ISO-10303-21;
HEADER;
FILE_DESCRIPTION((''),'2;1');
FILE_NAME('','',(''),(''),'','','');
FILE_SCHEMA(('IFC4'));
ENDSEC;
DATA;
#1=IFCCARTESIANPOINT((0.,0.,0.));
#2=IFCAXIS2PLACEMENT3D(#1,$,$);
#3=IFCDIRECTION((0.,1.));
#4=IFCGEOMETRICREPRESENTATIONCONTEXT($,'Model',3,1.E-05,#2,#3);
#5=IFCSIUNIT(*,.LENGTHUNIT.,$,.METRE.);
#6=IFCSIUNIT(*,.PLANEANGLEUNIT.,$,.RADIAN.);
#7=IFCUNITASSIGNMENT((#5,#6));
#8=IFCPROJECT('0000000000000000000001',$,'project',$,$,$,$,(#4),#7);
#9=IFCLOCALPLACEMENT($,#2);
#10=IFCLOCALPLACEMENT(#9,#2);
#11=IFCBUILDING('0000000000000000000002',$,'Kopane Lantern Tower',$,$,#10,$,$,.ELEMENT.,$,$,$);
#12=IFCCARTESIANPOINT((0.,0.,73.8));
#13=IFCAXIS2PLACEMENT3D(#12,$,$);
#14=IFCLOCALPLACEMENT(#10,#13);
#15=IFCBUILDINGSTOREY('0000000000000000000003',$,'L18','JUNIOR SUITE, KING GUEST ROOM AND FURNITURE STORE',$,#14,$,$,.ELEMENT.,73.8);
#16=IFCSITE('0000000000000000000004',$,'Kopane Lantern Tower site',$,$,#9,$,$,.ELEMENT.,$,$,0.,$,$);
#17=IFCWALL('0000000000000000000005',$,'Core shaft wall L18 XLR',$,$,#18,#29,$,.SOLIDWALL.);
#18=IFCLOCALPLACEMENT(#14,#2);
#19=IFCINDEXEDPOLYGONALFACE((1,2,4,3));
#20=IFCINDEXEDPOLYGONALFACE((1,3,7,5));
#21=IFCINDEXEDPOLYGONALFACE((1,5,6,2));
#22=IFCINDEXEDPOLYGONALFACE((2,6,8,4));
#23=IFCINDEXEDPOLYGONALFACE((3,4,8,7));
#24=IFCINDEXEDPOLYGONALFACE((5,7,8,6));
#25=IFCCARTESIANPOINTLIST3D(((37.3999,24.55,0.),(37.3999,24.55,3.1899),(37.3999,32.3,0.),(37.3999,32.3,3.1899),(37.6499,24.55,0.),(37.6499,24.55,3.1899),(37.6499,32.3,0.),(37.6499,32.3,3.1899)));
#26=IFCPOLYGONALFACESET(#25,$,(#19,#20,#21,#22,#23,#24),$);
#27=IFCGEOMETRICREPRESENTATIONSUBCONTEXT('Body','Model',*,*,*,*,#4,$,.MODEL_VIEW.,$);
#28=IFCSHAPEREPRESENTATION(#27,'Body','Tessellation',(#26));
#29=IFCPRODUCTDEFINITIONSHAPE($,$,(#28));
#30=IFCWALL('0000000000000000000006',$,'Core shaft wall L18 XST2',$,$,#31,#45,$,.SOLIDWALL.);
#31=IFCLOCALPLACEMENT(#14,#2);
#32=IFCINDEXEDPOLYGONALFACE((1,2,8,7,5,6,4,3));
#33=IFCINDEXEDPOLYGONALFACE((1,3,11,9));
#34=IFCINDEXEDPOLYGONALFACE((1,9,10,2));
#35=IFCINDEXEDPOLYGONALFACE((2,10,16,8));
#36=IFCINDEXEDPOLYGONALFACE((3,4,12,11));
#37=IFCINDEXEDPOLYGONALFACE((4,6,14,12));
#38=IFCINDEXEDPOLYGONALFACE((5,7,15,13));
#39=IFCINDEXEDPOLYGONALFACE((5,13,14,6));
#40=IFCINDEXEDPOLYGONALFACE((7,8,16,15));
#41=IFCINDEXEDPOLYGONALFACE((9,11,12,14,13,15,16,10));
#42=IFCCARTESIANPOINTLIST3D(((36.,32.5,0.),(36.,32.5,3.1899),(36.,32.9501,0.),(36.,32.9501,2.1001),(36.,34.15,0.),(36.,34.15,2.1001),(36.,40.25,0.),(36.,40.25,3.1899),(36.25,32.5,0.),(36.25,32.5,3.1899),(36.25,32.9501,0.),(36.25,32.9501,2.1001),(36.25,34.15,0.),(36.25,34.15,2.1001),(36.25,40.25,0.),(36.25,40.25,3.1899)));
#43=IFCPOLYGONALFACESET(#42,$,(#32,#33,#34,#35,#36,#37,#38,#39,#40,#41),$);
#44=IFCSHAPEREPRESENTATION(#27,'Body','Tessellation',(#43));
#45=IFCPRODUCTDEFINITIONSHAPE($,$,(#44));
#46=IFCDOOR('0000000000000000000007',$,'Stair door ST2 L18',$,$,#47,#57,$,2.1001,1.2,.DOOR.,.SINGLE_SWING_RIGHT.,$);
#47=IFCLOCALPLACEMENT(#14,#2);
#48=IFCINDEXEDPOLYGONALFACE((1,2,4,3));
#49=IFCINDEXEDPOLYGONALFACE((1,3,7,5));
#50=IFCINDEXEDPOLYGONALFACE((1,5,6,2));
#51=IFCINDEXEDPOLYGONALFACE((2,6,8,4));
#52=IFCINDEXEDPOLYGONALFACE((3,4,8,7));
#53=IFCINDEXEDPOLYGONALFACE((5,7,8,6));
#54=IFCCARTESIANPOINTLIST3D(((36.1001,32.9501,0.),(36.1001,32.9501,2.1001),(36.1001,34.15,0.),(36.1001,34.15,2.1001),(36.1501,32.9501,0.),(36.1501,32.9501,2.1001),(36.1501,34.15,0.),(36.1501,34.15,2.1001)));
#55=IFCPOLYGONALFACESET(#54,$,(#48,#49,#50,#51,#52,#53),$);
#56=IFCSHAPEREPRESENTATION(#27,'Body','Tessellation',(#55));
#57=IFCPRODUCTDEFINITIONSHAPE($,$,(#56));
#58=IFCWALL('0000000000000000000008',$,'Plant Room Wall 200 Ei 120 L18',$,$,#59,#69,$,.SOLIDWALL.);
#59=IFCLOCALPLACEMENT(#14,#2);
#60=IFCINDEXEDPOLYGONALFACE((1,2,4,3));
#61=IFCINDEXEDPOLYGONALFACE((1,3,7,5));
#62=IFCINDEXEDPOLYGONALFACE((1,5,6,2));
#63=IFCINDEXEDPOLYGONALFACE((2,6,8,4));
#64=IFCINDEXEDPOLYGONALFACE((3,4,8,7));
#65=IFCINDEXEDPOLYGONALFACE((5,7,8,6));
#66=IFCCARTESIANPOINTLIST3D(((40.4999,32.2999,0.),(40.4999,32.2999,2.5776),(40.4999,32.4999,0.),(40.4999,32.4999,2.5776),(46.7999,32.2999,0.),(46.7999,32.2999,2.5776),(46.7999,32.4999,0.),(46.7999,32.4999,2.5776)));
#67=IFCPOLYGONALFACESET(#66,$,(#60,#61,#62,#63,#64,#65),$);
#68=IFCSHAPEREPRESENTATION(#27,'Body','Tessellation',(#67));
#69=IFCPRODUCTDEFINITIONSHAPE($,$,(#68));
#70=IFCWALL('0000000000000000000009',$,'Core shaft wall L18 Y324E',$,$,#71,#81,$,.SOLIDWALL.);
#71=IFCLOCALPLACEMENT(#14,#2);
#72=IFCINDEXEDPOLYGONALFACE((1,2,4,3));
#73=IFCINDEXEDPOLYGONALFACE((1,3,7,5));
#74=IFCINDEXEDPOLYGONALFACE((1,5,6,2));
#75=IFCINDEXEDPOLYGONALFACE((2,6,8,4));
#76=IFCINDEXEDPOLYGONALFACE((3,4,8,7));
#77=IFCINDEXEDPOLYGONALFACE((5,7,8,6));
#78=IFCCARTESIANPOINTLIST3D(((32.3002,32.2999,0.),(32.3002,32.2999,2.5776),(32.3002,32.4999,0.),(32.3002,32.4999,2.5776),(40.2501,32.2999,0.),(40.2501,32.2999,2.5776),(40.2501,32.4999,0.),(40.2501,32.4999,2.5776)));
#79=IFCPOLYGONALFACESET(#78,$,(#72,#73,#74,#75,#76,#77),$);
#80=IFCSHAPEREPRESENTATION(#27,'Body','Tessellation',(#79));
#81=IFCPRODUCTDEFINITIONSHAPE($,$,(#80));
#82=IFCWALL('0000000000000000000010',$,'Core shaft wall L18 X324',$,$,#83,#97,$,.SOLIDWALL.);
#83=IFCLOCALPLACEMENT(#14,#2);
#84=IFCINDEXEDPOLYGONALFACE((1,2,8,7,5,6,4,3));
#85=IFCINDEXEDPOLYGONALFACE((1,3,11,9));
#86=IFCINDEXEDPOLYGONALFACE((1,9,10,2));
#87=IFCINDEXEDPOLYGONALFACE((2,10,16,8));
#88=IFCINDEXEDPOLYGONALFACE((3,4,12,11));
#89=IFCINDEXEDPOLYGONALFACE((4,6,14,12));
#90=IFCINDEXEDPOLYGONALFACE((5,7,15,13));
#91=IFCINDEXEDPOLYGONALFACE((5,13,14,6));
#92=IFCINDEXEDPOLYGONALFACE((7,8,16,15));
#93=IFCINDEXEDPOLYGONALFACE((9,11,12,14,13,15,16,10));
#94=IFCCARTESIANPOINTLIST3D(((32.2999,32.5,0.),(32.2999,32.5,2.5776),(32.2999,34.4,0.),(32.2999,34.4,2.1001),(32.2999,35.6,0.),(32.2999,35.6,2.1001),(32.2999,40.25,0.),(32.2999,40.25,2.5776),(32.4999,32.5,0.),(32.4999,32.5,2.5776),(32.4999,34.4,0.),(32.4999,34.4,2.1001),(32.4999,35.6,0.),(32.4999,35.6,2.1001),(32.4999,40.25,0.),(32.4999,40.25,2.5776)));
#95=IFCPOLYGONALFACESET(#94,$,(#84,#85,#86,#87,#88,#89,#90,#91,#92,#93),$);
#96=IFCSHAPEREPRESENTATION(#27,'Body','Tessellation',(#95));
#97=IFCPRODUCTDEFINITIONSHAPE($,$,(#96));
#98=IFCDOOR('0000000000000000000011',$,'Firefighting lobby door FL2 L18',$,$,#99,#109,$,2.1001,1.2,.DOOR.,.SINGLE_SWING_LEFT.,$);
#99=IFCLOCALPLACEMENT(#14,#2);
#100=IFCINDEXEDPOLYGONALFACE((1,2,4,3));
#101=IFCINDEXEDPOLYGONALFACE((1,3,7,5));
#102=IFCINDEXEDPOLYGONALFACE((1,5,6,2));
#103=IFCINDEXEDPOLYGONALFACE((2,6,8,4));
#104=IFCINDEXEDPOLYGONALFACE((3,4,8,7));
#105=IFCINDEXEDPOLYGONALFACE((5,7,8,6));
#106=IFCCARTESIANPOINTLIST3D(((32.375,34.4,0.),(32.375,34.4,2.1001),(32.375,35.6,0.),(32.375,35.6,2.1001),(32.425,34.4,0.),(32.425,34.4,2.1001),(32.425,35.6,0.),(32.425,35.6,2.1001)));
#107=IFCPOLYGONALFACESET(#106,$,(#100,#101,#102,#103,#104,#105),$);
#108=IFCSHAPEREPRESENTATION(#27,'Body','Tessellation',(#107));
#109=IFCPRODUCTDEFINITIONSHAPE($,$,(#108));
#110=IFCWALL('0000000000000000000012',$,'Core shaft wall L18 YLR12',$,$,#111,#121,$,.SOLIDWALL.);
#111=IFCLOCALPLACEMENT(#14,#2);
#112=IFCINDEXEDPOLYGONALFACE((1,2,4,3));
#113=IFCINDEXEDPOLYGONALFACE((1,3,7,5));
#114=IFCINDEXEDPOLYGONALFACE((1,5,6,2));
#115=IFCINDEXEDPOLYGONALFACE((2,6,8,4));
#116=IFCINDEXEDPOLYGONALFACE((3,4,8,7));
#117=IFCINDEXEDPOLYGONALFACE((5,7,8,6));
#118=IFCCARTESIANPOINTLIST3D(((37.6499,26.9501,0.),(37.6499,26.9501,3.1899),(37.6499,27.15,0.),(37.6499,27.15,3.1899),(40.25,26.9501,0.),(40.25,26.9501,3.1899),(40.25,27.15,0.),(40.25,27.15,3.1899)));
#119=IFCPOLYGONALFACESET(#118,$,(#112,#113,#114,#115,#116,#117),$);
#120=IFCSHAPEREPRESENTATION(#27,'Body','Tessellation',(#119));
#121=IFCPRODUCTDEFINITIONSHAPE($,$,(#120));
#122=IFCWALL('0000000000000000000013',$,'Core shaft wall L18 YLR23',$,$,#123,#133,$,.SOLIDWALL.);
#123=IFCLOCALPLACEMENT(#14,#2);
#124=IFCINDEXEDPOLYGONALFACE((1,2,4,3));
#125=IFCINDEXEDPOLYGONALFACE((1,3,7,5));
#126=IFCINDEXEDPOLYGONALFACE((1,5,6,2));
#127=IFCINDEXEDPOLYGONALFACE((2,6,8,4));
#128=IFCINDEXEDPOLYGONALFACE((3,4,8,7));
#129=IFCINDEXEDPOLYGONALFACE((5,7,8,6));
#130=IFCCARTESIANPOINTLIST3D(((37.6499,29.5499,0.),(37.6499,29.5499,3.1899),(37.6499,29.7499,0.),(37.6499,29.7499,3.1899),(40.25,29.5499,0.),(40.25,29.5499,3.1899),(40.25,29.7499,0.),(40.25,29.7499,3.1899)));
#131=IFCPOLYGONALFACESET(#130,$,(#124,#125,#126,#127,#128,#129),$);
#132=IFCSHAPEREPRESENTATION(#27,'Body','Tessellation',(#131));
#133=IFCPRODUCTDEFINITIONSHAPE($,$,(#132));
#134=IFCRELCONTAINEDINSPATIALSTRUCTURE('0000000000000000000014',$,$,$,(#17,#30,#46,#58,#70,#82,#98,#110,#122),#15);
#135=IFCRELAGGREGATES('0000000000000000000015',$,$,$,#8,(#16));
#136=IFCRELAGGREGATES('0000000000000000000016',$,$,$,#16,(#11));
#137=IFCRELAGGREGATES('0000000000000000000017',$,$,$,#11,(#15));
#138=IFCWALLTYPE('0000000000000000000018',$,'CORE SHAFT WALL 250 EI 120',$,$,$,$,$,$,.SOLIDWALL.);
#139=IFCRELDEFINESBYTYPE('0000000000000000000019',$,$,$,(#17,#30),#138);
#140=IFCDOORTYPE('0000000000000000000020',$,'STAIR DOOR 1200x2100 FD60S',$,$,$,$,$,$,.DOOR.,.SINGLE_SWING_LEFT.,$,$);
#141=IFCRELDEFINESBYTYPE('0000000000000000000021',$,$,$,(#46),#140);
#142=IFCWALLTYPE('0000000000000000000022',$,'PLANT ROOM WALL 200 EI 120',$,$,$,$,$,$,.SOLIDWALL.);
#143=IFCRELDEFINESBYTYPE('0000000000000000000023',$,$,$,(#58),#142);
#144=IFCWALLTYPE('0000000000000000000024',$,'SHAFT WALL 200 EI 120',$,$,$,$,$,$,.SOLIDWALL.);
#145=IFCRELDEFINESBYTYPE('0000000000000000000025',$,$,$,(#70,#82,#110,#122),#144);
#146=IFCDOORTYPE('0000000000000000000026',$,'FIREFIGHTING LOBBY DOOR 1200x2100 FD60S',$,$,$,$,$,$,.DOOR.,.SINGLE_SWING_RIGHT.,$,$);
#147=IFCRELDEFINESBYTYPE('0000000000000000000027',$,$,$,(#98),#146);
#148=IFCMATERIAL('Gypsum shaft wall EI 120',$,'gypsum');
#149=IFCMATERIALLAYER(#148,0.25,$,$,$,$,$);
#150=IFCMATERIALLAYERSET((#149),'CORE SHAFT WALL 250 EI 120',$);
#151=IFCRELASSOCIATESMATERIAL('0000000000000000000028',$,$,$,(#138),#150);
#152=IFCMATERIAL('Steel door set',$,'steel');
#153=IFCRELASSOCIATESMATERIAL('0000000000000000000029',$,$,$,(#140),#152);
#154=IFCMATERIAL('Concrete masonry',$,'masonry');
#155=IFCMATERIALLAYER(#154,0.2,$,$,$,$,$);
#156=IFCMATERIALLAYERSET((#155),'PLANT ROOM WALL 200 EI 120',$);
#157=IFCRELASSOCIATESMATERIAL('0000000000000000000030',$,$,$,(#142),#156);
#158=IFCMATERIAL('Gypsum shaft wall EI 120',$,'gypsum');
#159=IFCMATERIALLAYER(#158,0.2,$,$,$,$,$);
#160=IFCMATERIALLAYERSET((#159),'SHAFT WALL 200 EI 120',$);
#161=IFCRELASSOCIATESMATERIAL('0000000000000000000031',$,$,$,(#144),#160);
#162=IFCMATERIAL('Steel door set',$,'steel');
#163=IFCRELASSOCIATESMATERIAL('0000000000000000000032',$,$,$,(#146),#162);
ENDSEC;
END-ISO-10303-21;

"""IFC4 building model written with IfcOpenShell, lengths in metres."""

from ifc_helpers import new_model, si_unit, direction, frame, frame_2d, origin, place, context, subcontext, project, spatial, rectangle, extrude, material, layer, layer_set, type_object, element, fill, save


model = new_model("IFC4")

# Units and contexts
model_context = context("Model", 3, precision=1e-05, world=origin(), true_north=direction((0.0, 1.0)))
body_context = subcontext(model_context, "Body", "Model", "MODEL_VIEW")
ifc_project = project(units=[si_unit("LENGTHUNIT", "METRE"), si_unit("PLANEANGLEUNIT", "RADIAN")], contexts=[model_context])

# Site, building, storey
site_placement = place(None, origin())
site = spatial("IfcSite", under=ifc_project, at=site_placement, Name="Kopane Lantern Tower site", CompositionType="ELEMENT", RefElevation=0.0)
building_placement = place(site_placement, origin())
building = spatial("IfcBuilding", under=site, at=building_placement, Name="Kopane Lantern Tower", CompositionType="ELEMENT")
storey_placement = place(building_placement, frame((0.0, 0.0, 73.8)))
storey = spatial("IfcBuildingStorey", under=building, at=storey_placement, Name="L18", Description="JUNIOR SUITE, KING GUEST ROOM AND FURNITURE STORE", CompositionType="ELEMENT", Elevation=73.8)

# Wall
ifc_material_1 = material(Name="Gypsum shaft wall EI 120", Category="gypsum")
ifc_layer_1 = layer(ifc_material_1, 0.25)
ifc_layer_set_1 = layer_set([ifc_layer_1], Name="CORE SHAFT WALL 250 EI 120")
wall_type_1 = type_object("IfcWallType", Name="CORE SHAFT WALL 250 EI 120", PredefinedType="SOLIDWALL", material=ifc_layer_set_1)
wall_1_placement = place(storey_placement, frame((37.5249, 24.55, 0.0), z_axis=(0.0, 0.0, 1.0), x_axis=(0.0, 1.0, 0.0)))
element("IfcWall", 1, at=wall_1_placement, inside=storey, type_object=wall_type_1, Name="Core shaft wall L18 XLR", PredefinedType="SOLIDWALL", context=body_context, shape_type="SweptSolid", body=[
    extrude(rectangle(XDim=7.75, YDim=0.25, at=frame_2d((3.875, 0.0))), origin(), (0.0, 0.0, 1.0), 3.1899),
])

# Wall, opening, door
wall_2_placement = place(storey_placement, frame((36.125, 32.5, 0.0), z_axis=(0.0, 0.0, 1.0), x_axis=(0.0, 1.0, 0.0)))
wall_2 = element("IfcWall", 2, at=wall_2_placement, inside=storey, type_object=wall_type_1, Name="Core shaft wall L18 XST2", PredefinedType="SOLIDWALL", context=body_context, shape_type="SweptSolid", body=[
    extrude(rectangle(XDim=7.75, YDim=0.25, at=frame_2d((3.875, 0.0))), origin(), (0.0, 0.0, 1.0), 3.1899),
])
opening_1_placement = place(wall_2_placement, frame((0.45, 0.0, 0.0)))
opening_1 = element("IfcOpeningElement", 3, at=opening_1_placement, cuts=wall_2, PredefinedType="OPENING", context=body_context, shape_type="SweptSolid", body=[
    extrude(rectangle(XDim=1.2, YDim=2.1001, at=frame_2d((0.6001, 1.05))), frame((0.0, 0.135, 0.0), z_axis=(0.0, -1.0, 0.0), x_axis=(1.0, 0.0, 0.0)), (0.0, 0.0, 1.0), 0.27),
])
ifc_material_2 = material(Name="Steel door set", Category="steel")
door_type_1 = type_object("IfcDoorType", Name="STAIR DOOR 1200x2100 FD60S", OperationType="SINGLE_SWING_LEFT", PredefinedType="DOOR", material=ifc_material_2)
door_1_placement = place(opening_1_placement, origin())
door_1 = element("IfcDoor", 4, at=door_1_placement, inside=storey, type_object=door_type_1, Name="Stair door ST2 L18", OperationType="SINGLE_SWING_RIGHT", OverallHeight=2.1001, OverallWidth=1.2, PredefinedType="DOOR", context=body_context, shape_type="SweptSolid", body=[
    extrude(rectangle(XDim=1.2, YDim=2.1001, at=frame_2d((0.6001, 1.05))), frame((0.0, 0.0249, 0.0), z_axis=(0.0, -1.0, 0.0), x_axis=(1.0, 0.0, 0.0)), (0.0, 0.0, 1.0), 0.05),
])
fill(opening_1, door_1)

# Walls
ifc_material_3 = material(Name="Concrete masonry", Category="masonry")
ifc_layer_2 = layer(ifc_material_3, 0.2)
ifc_layer_set_2 = layer_set([ifc_layer_2], Name="PLANT ROOM WALL 200 EI 120")
wall_type_2 = type_object("IfcWallType", Name="PLANT ROOM WALL 200 EI 120", PredefinedType="SOLIDWALL", material=ifc_layer_set_2)
wall_3_placement = place(storey_placement, frame((40.5, 32.3999, 0.0), z_axis=(0.0, 0.0, 1.0), x_axis=(1.0, 0.0, 0.0)))
element("IfcWall", 5, at=wall_3_placement, inside=storey, type_object=wall_type_2, Name="Plant Room Wall 200 Ei 120 L18", PredefinedType="SOLIDWALL", context=body_context, shape_type="SweptSolid", body=[
    extrude(rectangle(XDim=6.3, YDim=0.2, at=frame_2d((3.1499, 0.0))), origin(), (0.0, 0.0, 1.0), 2.5776),
])
ifc_material_4 = material(Name="Gypsum shaft wall EI 120", Category="gypsum")
ifc_layer_3 = layer(ifc_material_4, 0.2)
ifc_layer_set_3 = layer_set([ifc_layer_3], Name="SHAFT WALL 200 EI 120")
wall_type_3 = type_object("IfcWallType", Name="SHAFT WALL 200 EI 120", PredefinedType="SOLIDWALL", material=ifc_layer_set_3)
wall_4_placement = place(storey_placement, frame((32.3, 32.3999, 0.0), z_axis=(0.0, 0.0, 1.0), x_axis=(1.0, 0.0, 0.0)))
element("IfcWall", 6, at=wall_4_placement, inside=storey, type_object=wall_type_3, Name="Core shaft wall L18 Y324E", PredefinedType="SOLIDWALL", context=body_context, shape_type="SweptSolid", body=[
    extrude(rectangle(XDim=7.95, YDim=0.2, at=frame_2d((3.9751, 0.0))), origin(), (0.0, 0.0, 1.0), 2.5776),
])

# Wall, opening, door
wall_5_placement = place(storey_placement, frame((32.3999, 32.5, 0.0), z_axis=(0.0, 0.0, 1.0), x_axis=(0.0, 1.0, 0.0)))
wall_5 = element("IfcWall", 7, at=wall_5_placement, inside=storey, type_object=wall_type_3, Name="Core shaft wall L18 X324", PredefinedType="SOLIDWALL", context=body_context, shape_type="SweptSolid", body=[
    extrude(rectangle(XDim=7.75, YDim=0.2, at=frame_2d((3.875, 0.0))), origin(), (0.0, 0.0, 1.0), 2.5776),
])
opening_2_placement = place(wall_5_placement, frame((1.8999, 0.0, 0.0)))
opening_2 = element("IfcOpeningElement", 8, at=opening_2_placement, cuts=wall_5, PredefinedType="OPENING", context=body_context, shape_type="SweptSolid", body=[
    extrude(rectangle(XDim=1.2, YDim=2.1001, at=frame_2d((0.6001, 1.05))), frame((0.0, 0.1099, 0.0), z_axis=(0.0, -1.0, 0.0), x_axis=(1.0, 0.0, 0.0)), (0.0, 0.0, 1.0), 0.22),
])
ifc_material_5 = material(Name="Steel door set", Category="steel")
door_type_2 = type_object("IfcDoorType", Name="FIREFIGHTING LOBBY DOOR 1200x2100 FD60S", OperationType="SINGLE_SWING_RIGHT", PredefinedType="DOOR", material=ifc_material_5)
door_2_placement = place(opening_2_placement, origin())
door_2 = element("IfcDoor", 9, at=door_2_placement, inside=storey, type_object=door_type_2, Name="Firefighting lobby door FL2 L18", OperationType="SINGLE_SWING_LEFT", OverallHeight=2.1001, OverallWidth=1.2, PredefinedType="DOOR", context=body_context, shape_type="SweptSolid", body=[
    extrude(rectangle(XDim=1.2, YDim=2.1001, at=frame_2d((0.6001, 1.05))), frame((0.0, 0.0249, 0.0), z_axis=(0.0, -1.0, 0.0), x_axis=(1.0, 0.0, 0.0)), (0.0, 0.0, 1.0), 0.05),
])
fill(opening_2, door_2)

# Walls
for number, where, z_axis, x_axis, name in (
    (10, (37.6499, 27.05, 0.0), (0.0, 0.0, 1.0), (1.0, 0.0, 0.0), "Core shaft wall L18 YLR12"),
    (11, (37.6499, 29.6499, 0.0), (0.0, 0.0, 1.0), (1.0, 0.0, 0.0), "Core shaft wall L18 YLR23"),
):
    element("IfcWall", number, at=place(storey_placement, frame(where, z_axis=z_axis, x_axis=x_axis)), inside=storey, type_object=wall_type_3, Name=name, PredefinedType="SOLIDWALL", context=body_context, shape_type="SweptSolid", body=[
        extrude(rectangle(XDim=2.6001, YDim=0.2, at=frame_2d((1.3, 0.0))), origin(), (0.0, 0.0, 1.0), 3.1899),
    ])

save(model, "model.ifc")
